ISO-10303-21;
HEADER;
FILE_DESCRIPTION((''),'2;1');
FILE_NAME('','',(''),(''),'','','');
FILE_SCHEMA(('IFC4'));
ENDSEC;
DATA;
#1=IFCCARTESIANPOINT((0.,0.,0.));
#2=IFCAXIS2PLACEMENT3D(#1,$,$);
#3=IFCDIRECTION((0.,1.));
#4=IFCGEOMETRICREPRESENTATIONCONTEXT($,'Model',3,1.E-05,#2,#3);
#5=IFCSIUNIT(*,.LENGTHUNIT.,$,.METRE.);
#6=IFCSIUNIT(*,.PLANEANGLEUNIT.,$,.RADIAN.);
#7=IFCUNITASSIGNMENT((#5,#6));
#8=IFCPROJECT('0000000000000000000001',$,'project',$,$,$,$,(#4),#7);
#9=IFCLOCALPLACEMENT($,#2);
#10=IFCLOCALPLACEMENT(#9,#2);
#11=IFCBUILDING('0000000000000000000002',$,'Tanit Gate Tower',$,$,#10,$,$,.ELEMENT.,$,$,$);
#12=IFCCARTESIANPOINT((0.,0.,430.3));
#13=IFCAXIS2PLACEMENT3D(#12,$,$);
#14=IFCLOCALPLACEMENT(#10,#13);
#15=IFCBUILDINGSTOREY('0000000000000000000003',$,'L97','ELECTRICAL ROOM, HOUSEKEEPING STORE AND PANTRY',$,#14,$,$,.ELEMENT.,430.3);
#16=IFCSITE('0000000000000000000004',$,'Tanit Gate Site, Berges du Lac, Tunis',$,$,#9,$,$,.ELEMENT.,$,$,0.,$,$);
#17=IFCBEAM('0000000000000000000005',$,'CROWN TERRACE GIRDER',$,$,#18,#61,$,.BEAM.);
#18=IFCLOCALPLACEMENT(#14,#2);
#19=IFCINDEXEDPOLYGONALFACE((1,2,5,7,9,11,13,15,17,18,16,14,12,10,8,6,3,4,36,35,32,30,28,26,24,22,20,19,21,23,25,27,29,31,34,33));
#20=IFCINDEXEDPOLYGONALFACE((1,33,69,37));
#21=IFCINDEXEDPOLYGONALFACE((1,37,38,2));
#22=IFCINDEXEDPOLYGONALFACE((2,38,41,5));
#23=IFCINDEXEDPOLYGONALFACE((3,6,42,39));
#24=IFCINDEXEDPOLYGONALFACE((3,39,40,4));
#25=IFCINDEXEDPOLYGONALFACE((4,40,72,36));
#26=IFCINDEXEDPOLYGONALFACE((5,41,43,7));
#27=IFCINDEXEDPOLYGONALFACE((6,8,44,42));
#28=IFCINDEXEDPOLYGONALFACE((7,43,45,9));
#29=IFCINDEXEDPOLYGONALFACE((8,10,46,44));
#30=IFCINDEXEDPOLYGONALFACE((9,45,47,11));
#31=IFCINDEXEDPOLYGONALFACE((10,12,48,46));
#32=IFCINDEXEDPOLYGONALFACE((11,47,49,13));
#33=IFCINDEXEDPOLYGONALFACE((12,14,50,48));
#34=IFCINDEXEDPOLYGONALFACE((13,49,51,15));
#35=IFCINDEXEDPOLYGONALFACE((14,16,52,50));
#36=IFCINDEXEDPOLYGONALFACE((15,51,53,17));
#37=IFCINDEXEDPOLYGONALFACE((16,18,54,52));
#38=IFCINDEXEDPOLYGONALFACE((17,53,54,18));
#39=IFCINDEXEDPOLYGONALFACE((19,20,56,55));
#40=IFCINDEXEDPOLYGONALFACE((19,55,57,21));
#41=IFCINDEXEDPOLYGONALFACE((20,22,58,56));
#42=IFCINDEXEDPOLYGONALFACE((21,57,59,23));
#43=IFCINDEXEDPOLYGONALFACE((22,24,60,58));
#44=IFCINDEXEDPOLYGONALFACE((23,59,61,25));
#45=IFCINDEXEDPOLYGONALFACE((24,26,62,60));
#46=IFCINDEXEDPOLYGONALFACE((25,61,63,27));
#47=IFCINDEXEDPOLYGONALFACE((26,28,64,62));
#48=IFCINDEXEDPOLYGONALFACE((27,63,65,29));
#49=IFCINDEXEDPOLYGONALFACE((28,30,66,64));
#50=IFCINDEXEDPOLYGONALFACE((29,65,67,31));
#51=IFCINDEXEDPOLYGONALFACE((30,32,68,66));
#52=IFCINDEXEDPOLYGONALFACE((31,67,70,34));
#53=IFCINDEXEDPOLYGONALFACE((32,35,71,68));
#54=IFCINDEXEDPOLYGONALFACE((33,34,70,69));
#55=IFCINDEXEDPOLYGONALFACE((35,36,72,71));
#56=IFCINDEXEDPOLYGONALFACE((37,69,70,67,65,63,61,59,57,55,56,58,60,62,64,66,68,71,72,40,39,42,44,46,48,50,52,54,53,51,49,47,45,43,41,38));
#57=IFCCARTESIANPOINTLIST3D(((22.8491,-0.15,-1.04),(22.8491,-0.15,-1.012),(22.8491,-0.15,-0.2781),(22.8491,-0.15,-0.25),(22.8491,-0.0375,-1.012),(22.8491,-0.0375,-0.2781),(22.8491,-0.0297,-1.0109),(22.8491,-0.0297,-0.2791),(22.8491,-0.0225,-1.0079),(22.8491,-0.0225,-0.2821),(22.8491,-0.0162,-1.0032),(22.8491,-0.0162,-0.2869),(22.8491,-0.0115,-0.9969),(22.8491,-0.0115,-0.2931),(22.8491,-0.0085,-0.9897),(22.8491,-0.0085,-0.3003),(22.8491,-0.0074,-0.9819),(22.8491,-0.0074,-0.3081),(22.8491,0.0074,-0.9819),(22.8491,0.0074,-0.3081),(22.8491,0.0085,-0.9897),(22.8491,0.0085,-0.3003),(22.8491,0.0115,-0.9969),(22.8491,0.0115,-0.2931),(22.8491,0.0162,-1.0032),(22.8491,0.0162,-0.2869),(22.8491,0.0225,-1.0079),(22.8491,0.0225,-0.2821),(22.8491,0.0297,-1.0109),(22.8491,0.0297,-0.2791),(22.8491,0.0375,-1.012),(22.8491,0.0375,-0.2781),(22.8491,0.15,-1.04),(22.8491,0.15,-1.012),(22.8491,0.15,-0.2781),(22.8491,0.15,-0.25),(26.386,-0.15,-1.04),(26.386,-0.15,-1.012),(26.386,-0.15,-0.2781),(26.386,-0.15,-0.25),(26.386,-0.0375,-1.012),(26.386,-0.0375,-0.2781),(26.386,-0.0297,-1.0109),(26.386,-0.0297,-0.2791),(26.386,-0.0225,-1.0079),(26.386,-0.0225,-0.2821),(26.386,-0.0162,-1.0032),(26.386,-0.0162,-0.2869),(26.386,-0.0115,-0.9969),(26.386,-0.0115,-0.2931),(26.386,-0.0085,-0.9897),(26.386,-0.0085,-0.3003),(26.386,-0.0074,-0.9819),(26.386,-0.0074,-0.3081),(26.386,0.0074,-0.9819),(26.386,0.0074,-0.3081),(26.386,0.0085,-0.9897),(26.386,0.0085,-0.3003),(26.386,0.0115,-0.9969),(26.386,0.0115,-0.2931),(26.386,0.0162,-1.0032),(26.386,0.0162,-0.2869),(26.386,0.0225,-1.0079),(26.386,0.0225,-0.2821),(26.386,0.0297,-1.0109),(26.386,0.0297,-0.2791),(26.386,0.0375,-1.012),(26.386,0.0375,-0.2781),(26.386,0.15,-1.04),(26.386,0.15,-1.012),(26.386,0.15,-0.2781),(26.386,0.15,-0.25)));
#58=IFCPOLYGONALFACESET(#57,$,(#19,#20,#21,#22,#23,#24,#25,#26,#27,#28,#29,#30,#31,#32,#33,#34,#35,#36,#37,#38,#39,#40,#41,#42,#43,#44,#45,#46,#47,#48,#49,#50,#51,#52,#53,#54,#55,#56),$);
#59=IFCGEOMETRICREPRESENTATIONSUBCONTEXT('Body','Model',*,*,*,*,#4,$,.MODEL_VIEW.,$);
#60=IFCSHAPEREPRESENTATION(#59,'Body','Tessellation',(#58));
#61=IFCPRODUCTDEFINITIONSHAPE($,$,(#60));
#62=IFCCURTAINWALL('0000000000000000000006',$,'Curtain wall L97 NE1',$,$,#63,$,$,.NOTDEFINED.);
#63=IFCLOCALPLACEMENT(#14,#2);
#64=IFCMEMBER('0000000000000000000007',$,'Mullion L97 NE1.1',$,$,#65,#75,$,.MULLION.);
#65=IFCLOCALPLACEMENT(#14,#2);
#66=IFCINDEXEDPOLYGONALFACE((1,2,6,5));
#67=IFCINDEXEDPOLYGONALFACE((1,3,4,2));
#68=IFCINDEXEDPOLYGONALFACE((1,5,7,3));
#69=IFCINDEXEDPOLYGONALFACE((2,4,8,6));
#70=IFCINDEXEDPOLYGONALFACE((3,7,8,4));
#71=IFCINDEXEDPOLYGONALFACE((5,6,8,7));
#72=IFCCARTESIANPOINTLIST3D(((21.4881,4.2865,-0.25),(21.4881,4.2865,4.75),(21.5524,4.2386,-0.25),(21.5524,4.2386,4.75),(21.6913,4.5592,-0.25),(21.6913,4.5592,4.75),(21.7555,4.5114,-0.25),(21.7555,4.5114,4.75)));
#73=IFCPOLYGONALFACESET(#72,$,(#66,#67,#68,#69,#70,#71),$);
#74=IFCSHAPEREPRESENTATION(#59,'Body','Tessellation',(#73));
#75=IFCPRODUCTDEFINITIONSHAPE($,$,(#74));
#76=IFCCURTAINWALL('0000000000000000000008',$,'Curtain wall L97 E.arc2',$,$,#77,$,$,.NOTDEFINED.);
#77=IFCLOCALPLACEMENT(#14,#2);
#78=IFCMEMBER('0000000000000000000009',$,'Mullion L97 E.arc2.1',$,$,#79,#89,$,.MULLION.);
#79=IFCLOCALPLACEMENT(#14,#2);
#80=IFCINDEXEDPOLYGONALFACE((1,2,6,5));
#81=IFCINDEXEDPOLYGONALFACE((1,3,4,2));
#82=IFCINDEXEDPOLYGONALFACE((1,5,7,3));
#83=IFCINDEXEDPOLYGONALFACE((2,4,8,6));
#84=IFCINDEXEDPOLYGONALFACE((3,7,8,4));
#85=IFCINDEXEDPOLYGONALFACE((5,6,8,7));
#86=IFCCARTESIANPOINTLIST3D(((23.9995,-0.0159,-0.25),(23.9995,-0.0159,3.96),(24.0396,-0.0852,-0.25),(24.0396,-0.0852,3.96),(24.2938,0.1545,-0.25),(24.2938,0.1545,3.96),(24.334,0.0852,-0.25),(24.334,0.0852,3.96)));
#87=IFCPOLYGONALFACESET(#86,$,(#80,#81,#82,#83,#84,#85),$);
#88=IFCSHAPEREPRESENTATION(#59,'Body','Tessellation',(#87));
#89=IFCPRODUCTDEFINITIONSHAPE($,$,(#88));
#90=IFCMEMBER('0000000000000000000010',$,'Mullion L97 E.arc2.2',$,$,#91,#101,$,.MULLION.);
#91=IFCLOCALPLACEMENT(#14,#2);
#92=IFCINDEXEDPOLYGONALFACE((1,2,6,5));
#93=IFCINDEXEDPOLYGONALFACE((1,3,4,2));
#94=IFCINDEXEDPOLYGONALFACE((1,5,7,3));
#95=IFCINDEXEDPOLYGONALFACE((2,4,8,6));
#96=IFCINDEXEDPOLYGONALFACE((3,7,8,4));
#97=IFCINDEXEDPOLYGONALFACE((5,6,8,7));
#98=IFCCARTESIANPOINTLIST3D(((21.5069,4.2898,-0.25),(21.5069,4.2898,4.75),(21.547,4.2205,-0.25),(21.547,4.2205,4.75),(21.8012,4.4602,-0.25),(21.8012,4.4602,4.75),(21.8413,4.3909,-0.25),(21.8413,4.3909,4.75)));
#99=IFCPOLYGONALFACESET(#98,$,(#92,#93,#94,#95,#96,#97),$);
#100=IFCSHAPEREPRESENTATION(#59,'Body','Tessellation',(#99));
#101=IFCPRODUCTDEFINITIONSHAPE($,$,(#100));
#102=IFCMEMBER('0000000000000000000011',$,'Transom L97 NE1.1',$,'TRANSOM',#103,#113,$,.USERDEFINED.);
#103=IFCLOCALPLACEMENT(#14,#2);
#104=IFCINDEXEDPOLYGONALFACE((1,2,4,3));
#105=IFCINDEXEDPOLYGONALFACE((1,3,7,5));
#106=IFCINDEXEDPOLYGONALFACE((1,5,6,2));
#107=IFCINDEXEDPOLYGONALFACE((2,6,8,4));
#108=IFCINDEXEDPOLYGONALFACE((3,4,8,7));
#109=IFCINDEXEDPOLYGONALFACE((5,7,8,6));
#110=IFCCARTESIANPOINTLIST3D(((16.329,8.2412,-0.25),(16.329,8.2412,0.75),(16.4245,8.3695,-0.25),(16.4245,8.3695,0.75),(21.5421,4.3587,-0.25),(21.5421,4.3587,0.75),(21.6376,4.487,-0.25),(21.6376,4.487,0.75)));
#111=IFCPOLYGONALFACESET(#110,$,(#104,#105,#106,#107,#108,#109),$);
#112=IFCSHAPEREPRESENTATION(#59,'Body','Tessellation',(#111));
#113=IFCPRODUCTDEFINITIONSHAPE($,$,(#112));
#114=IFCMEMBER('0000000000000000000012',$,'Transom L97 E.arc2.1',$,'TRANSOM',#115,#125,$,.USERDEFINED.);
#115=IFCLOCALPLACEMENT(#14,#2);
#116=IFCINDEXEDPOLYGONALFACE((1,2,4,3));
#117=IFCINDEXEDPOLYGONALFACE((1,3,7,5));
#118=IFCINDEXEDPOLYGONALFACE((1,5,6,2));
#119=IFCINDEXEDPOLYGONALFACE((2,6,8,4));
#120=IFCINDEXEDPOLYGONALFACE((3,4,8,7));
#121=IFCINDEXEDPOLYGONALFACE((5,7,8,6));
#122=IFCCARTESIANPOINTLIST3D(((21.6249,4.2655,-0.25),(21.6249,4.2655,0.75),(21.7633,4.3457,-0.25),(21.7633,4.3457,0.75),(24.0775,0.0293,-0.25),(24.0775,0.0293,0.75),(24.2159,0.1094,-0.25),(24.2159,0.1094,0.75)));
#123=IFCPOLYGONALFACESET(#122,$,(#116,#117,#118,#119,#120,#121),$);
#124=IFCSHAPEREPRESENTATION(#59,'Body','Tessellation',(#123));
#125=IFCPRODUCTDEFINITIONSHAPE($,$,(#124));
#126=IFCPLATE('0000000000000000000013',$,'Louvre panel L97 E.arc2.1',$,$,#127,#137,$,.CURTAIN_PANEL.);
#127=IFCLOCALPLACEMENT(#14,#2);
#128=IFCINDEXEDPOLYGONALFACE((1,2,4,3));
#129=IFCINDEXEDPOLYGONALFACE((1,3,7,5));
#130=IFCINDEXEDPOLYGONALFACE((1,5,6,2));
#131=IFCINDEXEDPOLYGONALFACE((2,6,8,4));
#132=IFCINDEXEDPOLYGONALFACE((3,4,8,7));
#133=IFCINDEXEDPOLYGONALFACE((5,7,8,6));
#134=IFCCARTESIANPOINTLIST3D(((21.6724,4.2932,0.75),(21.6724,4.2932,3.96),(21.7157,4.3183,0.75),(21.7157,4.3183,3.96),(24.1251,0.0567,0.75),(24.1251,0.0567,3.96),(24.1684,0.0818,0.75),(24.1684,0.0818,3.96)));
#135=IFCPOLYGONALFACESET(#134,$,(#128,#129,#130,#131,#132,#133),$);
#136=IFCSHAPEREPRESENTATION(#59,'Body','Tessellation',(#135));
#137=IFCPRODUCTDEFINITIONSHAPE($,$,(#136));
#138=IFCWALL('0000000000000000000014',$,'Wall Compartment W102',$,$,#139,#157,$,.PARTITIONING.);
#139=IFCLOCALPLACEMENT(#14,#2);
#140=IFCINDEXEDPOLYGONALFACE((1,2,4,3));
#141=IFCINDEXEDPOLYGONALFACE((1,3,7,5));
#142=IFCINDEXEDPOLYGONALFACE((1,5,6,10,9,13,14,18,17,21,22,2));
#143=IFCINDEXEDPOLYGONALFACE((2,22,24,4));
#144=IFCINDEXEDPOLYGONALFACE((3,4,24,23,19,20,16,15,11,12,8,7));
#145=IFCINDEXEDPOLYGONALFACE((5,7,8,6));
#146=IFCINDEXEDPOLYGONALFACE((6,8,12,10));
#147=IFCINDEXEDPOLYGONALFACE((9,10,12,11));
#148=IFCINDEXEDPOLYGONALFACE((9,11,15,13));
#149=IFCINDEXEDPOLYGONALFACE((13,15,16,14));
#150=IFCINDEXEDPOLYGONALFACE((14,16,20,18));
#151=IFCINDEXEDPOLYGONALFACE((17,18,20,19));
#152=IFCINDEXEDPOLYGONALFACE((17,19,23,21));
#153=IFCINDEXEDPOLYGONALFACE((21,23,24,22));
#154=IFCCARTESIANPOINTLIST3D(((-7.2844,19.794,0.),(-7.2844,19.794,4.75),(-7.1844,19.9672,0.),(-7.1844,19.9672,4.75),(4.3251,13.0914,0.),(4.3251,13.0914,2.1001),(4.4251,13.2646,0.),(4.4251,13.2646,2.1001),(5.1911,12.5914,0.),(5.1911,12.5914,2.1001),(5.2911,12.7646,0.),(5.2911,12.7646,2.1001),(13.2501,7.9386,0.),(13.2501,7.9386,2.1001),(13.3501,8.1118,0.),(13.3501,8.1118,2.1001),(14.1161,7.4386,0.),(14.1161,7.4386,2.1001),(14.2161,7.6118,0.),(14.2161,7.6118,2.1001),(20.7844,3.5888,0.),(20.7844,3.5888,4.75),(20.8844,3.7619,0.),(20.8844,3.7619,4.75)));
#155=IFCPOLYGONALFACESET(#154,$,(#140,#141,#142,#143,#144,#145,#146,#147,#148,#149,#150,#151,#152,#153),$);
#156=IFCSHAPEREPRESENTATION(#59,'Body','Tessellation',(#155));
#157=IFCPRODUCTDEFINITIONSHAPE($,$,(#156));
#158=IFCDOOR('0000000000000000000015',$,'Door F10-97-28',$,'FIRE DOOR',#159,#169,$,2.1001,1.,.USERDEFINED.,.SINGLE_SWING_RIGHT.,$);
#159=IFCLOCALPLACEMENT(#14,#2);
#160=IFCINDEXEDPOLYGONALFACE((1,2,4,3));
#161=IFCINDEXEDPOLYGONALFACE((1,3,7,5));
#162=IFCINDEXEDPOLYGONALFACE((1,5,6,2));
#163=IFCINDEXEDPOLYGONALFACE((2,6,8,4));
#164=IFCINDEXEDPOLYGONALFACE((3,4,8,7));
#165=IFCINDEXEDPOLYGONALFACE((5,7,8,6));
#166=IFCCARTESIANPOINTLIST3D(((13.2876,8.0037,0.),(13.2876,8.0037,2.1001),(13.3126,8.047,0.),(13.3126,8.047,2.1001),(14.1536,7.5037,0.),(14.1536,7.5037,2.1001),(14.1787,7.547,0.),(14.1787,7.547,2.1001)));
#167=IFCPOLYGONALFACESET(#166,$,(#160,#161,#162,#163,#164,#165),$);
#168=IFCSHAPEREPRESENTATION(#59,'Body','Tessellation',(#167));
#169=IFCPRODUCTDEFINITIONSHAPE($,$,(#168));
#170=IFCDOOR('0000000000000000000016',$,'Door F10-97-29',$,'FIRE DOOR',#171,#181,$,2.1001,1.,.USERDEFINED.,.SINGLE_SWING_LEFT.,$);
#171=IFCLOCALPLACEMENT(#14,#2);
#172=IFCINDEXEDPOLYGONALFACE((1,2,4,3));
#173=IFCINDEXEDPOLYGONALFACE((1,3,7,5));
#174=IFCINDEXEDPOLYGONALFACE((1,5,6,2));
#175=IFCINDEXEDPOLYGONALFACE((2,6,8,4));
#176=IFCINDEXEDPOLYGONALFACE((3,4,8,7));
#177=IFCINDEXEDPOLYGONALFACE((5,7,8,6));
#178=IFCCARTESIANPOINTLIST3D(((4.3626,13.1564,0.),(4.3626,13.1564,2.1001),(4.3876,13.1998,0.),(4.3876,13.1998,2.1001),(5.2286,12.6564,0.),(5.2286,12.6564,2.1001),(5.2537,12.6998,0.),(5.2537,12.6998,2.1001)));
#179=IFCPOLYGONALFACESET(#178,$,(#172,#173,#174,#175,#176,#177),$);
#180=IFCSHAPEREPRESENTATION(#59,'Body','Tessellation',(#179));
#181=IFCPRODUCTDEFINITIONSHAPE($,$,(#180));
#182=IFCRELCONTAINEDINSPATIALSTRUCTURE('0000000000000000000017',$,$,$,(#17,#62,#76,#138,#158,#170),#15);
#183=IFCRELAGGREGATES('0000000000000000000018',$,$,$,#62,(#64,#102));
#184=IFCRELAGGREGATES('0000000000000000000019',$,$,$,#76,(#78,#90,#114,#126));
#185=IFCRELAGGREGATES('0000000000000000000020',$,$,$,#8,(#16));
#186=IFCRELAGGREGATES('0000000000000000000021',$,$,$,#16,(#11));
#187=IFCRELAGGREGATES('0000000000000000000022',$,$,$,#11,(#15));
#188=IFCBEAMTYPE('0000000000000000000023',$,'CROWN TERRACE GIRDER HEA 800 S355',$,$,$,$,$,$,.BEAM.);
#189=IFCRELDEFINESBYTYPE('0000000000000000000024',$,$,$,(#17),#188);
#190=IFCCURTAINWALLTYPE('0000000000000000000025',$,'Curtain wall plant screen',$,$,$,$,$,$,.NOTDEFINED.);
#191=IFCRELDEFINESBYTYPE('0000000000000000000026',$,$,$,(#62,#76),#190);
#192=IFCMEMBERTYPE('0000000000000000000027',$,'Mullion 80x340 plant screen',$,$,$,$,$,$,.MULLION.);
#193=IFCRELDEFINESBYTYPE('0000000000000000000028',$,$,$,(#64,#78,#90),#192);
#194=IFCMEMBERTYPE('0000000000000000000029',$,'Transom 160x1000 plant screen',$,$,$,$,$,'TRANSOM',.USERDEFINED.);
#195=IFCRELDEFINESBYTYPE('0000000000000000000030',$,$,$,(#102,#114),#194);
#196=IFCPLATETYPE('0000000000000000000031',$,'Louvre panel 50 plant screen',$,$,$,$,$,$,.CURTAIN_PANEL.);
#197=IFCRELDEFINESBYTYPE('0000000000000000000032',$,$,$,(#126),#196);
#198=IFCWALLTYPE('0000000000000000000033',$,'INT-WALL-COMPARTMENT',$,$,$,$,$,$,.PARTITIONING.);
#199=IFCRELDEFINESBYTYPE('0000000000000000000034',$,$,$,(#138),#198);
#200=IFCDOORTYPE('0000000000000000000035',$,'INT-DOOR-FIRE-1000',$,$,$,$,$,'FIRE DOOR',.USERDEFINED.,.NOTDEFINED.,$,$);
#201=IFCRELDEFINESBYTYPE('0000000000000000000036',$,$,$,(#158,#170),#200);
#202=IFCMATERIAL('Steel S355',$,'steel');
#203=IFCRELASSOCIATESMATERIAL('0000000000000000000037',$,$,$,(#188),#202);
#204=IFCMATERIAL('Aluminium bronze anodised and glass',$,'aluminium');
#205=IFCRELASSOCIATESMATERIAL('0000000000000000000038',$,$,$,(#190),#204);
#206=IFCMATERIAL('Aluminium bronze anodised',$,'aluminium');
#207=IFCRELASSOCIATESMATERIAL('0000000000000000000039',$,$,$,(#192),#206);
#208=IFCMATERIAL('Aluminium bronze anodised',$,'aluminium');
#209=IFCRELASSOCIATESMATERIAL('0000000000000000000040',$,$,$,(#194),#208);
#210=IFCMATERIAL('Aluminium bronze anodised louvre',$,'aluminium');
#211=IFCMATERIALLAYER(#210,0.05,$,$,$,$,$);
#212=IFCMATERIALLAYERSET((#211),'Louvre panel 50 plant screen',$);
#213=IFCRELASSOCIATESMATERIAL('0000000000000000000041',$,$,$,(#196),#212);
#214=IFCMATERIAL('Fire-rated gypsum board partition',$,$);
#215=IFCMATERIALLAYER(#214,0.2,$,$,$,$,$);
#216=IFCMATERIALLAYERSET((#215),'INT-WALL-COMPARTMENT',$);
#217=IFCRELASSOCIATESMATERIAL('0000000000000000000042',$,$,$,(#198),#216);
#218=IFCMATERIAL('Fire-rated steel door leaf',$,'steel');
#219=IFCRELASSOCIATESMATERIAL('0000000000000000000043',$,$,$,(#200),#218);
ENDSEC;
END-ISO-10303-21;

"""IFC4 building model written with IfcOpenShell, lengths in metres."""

from ifc_helpers import new_model, si_unit, direction, frame, frame_2d, origin, origin_2d, place, context, subcontext, project, spatial, rectangle, i_section, extrude, material, layer, layer_set, material_profile, profile_set, type_object, element, fill, aggregate, save


model = new_model("IFC4")

# Units and contexts
model_context = context("Model", 3, precision=1e-05, world=origin(), true_north=direction((0.0, 1.0)))
body_context = subcontext(model_context, "Body", "Model", "MODEL_VIEW")
ifc_project = project(units=[si_unit("LENGTHUNIT", "METRE"), si_unit("PLANEANGLEUNIT", "RADIAN")], contexts=[model_context])

# Site, building, storey
site_placement = place(None, origin())
site = spatial("IfcSite", under=ifc_project, at=site_placement, Name="Tanit Gate Site, Berges du Lac, Tunis", CompositionType="ELEMENT", RefElevation=0.0)
building_placement = place(site_placement, origin())
building = spatial("IfcBuilding", under=site, at=building_placement, Name="Tanit Gate Tower", CompositionType="ELEMENT")
storey_placement = place(building_placement, frame((0.0, 0.0, 430.3)))
storey = spatial("IfcBuildingStorey", under=building, at=storey_placement, Name="L97", Description="ELECTRICAL ROOM, HOUSEKEEPING STORE AND PANTRY", CompositionType="ELEMENT", Elevation=430.3)

# Beam
ifc_material_1 = material(Name="Steel S355", Category="steel")
ifc_material_profile_1 = material_profile(ifc_material_1, i_section(OverallWidth=0.3, OverallDepth=0.79, WebThickness=0.0149, FlangeThickness=0.0281, FilletRadius=0.03, at=origin_2d()), Name="HEA 800")
ifc_profile_set_1 = profile_set([ifc_material_profile_1], Name="Steel S355")
beam_type = type_object("IfcBeamType", Name="CROWN TERRACE GIRDER HEA 800 S355", PredefinedType="BEAM", material=ifc_profile_set_1)
beam_placement = place(storey_placement, frame((22.8491, 0.0, -0.645), z_axis=(1.0, 0.0, 0.0), x_axis=(0.0, 1.0, 0.0)))
element("IfcBeam", 1, at=beam_placement, inside=storey, type_object=beam_type, Name="CROWN TERRACE GIRDER", PredefinedType="BEAM", context=body_context, shape_type="SweptSolid", body=[
    extrude(i_section(OverallWidth=0.3, OverallDepth=0.79, WebThickness=0.0149, FlangeThickness=0.0281, FilletRadius=0.03, at=origin_2d()), origin(), (0.0, 0.0, 1.0), 3.5369),
])

# Curtain wall, member
ifc_material_2 = material(Name="Aluminium bronze anodised and glass", Category="aluminium")
curtain_wall_type = type_object("IfcCurtainWallType", Name="Curtain wall plant screen", PredefinedType="NOTDEFINED", material=ifc_material_2)
curtain_wall_1_placement = place(storey_placement, origin())
curtain_wall_1 = element("IfcCurtainWall", 2, at=curtain_wall_1_placement, inside=storey, type_object=curtain_wall_type, Name="Curtain wall L97 NE1", PredefinedType="NOTDEFINED")
ifc_material_3 = material(Name="Aluminium bronze anodised", Category="aluminium")
ifc_material_profile_2 = material_profile(ifc_material_3, rectangle(XDim=0.3401, YDim=0.0801, at=origin_2d()), Name="80x340 bronze mullion")
ifc_profile_set_2 = profile_set([ifc_material_profile_2], Name="Aluminium bronze anodised")
member_type_1 = type_object("IfcMemberType", Name="Mullion 80x340 plant screen", PredefinedType="MULLION", material=ifc_profile_set_2)
member_1_placement = place(storey_placement, frame((21.6218, 4.3989, -0.25), z_axis=(0.0, 0.0, 1.0), x_axis=(-0.597341, -0.801988, 0.0)))
member_1 = element("IfcMember", 3, at=member_1_placement, type_object=member_type_1, Name="Mullion L97 NE1.1", PredefinedType="MULLION", context=body_context, shape_type="SweptSolid", body=[
    extrude(rectangle(XDim=0.3401, YDim=0.0801, at=origin_2d()), origin(), (0.0, 0.0, 1.0), 5.0),
])

# Curtain wall, members
curtain_wall_2_placement = place(storey_placement, origin())
curtain_wall_2 = element("IfcCurtainWall", 4, at=curtain_wall_2_placement, inside=storey, type_object=curtain_wall_type, Name="Curtain wall L97 E.arc2", PredefinedType="NOTDEFINED")
member_2_placement = place(storey_placement, frame((24.1667, 0.0347, -0.25), z_axis=(0.0, 0.0, 1.0), x_axis=(-0.865425, -0.501038, 0.0)))
member_2 = element("IfcMember", 5, at=member_2_placement, type_object=member_type_1, Name="Mullion L97 E.arc2.1", PredefinedType="MULLION", context=body_context, shape_type="SweptSolid", body=[
    extrude(rectangle(XDim=0.3401, YDim=0.0801, at=origin_2d()), origin(), (0.0, 0.0, 1.0), 4.21),
])
member_3_placement = place(storey_placement, frame((21.6741, 4.3403, -0.25), z_axis=(0.0, 0.0, 1.0), x_axis=(-0.865425, -0.501038, 0.0)))
member_3 = element("IfcMember", 6, at=member_3_placement, type_object=member_type_1, Name="Mullion L97 E.arc2.2", PredefinedType="MULLION", context=body_context, shape_type="SweptSolid", body=[
    extrude(rectangle(XDim=0.3401, YDim=0.0801, at=origin_2d()), origin(), (0.0, 0.0, 1.0), 5.0),
])

# Members
ifc_material_4 = material(Name="Aluminium bronze anodised", Category="aluminium")
ifc_material_profile_3 = material_profile(ifc_material_4, rectangle(XDim=0.1599, YDim=1.0, at=origin_2d()), Name="160x1000 bronze transom")
ifc_profile_set_3 = profile_set([ifc_material_profile_3], Name="Aluminium bronze anodised")
member_type_2 = type_object("IfcMemberType", Name="Transom 160x1000 plant screen", ElementType="TRANSOM", PredefinedType="USERDEFINED", material=ifc_profile_set_3)
member_4_placement = place(storey_placement, frame((21.5898, 4.4229, 0.25), z_axis=(-0.80201, 0.59731, 0.0), x_axis=(-0.59731, -0.80201, 0.0)))
member_4 = element("IfcMember", 7, at=member_4_placement, type_object=member_type_2, Name="Transom L97 NE1.1", ObjectType="TRANSOM", PredefinedType="USERDEFINED", context=body_context, shape_type="SweptSolid", body=[
    extrude(rectangle(XDim=0.1599, YDim=1.0, at=origin_2d()), origin(), (0.0, 0.0, 1.0), 6.5),
])
aggregate(curtain_wall_1, [member_1, member_4])
member_5_placement = place(storey_placement, frame((24.1467, 0.0693, 0.25), z_axis=(-0.50104, 0.865424, 0.0), x_axis=(-0.865424, -0.50104, 0.0)))
member_5 = element("IfcMember", 8, at=member_5_placement, type_object=member_type_2, Name="Transom L97 E.arc2.1", ObjectType="TRANSOM", PredefinedType="USERDEFINED", context=body_context, shape_type="SweptSolid", body=[
    extrude(rectangle(XDim=0.1599, YDim=1.0, at=origin_2d()), origin(), (0.0, 0.0, 1.0), 4.895),
])

# Plate
ifc_material_5 = material(Name="Aluminium bronze anodised louvre", Category="aluminium")
ifc_layer_1 = layer(ifc_material_5, 0.05)
ifc_layer_set_1 = layer_set([ifc_layer_1], Name="Louvre panel 50 plant screen")
plate_type = type_object("IfcPlateType", Name="Louvre panel 50 plant screen", PredefinedType="CURTAIN_PANEL", material=ifc_layer_set_1)
plate_placement = place(storey_placement, frame((22.9204, 2.1875, 0.75), z_axis=(0.0, 0.0, 1.0), x_axis=(-0.501038, 0.865425, 0.0)))
plate = element("IfcPlate", 9, at=plate_placement, type_object=plate_type, Name="Louvre panel L97 E.arc2.1", PredefinedType="CURTAIN_PANEL", context=body_context, shape_type="SweptSolid", body=[
    extrude(rectangle(XDim=4.8953, YDim=0.05, at=origin_2d()), origin(), (0.0, 0.0, 1.0), 3.21),
])
aggregate(curtain_wall_2, [member_2, member_3, member_5, plate])

# Wall, openings, doors
ifc_material_6 = material(Name="Fire-rated gypsum board partition")
ifc_layer_2 = layer(ifc_material_6, 0.2)
ifc_layer_set_2 = layer_set([ifc_layer_2], Name="INT-WALL-COMPARTMENT")
wall_type_1 = type_object("IfcWallType", Name="INT-WALL-COMPARTMENT", PredefinedType="PARTITIONING", material=ifc_layer_set_2)
wall_1_placement = place(storey_placement, frame((20.8345, 3.6753, 0.0), z_axis=(0.0, 0.0, 1.0), x_axis=(-0.866029, 0.499995, 0.0)))
wall_1 = element("IfcWall", 10, at=wall_1_placement, inside=storey, type_object=wall_type_1, Name="Wall Compartment W102", PredefinedType="PARTITIONING", context=body_context, shape_type="SweptSolid", body=[
    extrude(rectangle(XDim=32.4109, YDim=0.2, at=frame_2d((16.2056, 0.0))), origin(), (0.0, 0.0, 1.0), 4.75),
])
opening_1_placement = place(wall_1_placement, frame((7.7, 0.0, 0.0)))
opening_1 = element("IfcOpeningElement", 11, at=opening_1_placement, cuts=wall_1, PredefinedType="OPENING", context=body_context, shape_type="SweptSolid", body=[
    extrude(rectangle(XDim=1.0, YDim=2.1001, at=frame_2d((0.5, 1.05))), frame((0.0, 0.1099, 0.0), z_axis=(0.0, -1.0, 0.0), x_axis=(1.0, 0.0, 0.0)), (0.0, 0.0, 1.0), 0.22),
])
opening_2_placement = place(wall_1_placement, frame((18.0056, 0.0, 0.0)))
opening_2 = element("IfcOpeningElement", 12, at=opening_2_placement, cuts=wall_1, PredefinedType="OPENING", context=body_context, shape_type="SweptSolid", body=[
    extrude(rectangle(XDim=1.0, YDim=2.1001, at=frame_2d((0.5, 1.05))), frame((0.0, 0.1099, 0.0), z_axis=(0.0, -1.0, 0.0), x_axis=(1.0, 0.0, 0.0)), (0.0, 0.0, 1.0), 0.22),
])
ifc_material_7 = material(Name="Fire-rated steel door leaf", Category="steel")
door_type_1 = type_object("IfcDoorType", Name="INT-DOOR-FIRE-1000", ElementType="FIRE DOOR", OperationType="NOTDEFINED", PredefinedType="USERDEFINED", material=ifc_material_7)
door_1_placement = place(opening_1_placement, origin())
door_1 = element("IfcDoor", 13, at=door_1_placement, inside=storey, type_object=door_type_1, Name="Door F10-97-28", ObjectType="FIRE DOOR", OperationType="SINGLE_SWING_RIGHT", OverallHeight=2.1001, OverallWidth=1.0, PredefinedType="USERDEFINED", context=body_context, shape_type="SweptSolid", body=[
    extrude(rectangle(XDim=1.0, YDim=2.1001, at=frame_2d((0.5, 1.05))), frame((0.0, 0.0249, 0.0), z_axis=(0.0, -1.0, 0.0), x_axis=(1.0, 0.0, 0.0)), (0.0, 0.0, 1.0), 0.05),
])
fill(opening_1, door_1)
door_2_placement = place(opening_2_placement, origin())
door_2 = element("IfcDoor", 14, at=door_2_placement, inside=storey, type_object=door_type_1, Name="Door F10-97-29", ObjectType="FIRE DOOR", OperationType="SINGLE_SWING_LEFT", OverallHeight=2.1001, OverallWidth=1.0, PredefinedType="USERDEFINED", context=body_context, shape_type="SweptSolid", body=[
    extrude(rectangle(XDim=1.0, YDim=2.1001, at=frame_2d((0.5, 1.05))), frame((0.0, 0.0249, 0.0), z_axis=(0.0, -1.0, 0.0), x_axis=(1.0, 0.0, 0.0)), (0.0, 0.0, 1.0), 0.05),
])
fill(opening_2, door_2)

save(model, "model.ifc")
